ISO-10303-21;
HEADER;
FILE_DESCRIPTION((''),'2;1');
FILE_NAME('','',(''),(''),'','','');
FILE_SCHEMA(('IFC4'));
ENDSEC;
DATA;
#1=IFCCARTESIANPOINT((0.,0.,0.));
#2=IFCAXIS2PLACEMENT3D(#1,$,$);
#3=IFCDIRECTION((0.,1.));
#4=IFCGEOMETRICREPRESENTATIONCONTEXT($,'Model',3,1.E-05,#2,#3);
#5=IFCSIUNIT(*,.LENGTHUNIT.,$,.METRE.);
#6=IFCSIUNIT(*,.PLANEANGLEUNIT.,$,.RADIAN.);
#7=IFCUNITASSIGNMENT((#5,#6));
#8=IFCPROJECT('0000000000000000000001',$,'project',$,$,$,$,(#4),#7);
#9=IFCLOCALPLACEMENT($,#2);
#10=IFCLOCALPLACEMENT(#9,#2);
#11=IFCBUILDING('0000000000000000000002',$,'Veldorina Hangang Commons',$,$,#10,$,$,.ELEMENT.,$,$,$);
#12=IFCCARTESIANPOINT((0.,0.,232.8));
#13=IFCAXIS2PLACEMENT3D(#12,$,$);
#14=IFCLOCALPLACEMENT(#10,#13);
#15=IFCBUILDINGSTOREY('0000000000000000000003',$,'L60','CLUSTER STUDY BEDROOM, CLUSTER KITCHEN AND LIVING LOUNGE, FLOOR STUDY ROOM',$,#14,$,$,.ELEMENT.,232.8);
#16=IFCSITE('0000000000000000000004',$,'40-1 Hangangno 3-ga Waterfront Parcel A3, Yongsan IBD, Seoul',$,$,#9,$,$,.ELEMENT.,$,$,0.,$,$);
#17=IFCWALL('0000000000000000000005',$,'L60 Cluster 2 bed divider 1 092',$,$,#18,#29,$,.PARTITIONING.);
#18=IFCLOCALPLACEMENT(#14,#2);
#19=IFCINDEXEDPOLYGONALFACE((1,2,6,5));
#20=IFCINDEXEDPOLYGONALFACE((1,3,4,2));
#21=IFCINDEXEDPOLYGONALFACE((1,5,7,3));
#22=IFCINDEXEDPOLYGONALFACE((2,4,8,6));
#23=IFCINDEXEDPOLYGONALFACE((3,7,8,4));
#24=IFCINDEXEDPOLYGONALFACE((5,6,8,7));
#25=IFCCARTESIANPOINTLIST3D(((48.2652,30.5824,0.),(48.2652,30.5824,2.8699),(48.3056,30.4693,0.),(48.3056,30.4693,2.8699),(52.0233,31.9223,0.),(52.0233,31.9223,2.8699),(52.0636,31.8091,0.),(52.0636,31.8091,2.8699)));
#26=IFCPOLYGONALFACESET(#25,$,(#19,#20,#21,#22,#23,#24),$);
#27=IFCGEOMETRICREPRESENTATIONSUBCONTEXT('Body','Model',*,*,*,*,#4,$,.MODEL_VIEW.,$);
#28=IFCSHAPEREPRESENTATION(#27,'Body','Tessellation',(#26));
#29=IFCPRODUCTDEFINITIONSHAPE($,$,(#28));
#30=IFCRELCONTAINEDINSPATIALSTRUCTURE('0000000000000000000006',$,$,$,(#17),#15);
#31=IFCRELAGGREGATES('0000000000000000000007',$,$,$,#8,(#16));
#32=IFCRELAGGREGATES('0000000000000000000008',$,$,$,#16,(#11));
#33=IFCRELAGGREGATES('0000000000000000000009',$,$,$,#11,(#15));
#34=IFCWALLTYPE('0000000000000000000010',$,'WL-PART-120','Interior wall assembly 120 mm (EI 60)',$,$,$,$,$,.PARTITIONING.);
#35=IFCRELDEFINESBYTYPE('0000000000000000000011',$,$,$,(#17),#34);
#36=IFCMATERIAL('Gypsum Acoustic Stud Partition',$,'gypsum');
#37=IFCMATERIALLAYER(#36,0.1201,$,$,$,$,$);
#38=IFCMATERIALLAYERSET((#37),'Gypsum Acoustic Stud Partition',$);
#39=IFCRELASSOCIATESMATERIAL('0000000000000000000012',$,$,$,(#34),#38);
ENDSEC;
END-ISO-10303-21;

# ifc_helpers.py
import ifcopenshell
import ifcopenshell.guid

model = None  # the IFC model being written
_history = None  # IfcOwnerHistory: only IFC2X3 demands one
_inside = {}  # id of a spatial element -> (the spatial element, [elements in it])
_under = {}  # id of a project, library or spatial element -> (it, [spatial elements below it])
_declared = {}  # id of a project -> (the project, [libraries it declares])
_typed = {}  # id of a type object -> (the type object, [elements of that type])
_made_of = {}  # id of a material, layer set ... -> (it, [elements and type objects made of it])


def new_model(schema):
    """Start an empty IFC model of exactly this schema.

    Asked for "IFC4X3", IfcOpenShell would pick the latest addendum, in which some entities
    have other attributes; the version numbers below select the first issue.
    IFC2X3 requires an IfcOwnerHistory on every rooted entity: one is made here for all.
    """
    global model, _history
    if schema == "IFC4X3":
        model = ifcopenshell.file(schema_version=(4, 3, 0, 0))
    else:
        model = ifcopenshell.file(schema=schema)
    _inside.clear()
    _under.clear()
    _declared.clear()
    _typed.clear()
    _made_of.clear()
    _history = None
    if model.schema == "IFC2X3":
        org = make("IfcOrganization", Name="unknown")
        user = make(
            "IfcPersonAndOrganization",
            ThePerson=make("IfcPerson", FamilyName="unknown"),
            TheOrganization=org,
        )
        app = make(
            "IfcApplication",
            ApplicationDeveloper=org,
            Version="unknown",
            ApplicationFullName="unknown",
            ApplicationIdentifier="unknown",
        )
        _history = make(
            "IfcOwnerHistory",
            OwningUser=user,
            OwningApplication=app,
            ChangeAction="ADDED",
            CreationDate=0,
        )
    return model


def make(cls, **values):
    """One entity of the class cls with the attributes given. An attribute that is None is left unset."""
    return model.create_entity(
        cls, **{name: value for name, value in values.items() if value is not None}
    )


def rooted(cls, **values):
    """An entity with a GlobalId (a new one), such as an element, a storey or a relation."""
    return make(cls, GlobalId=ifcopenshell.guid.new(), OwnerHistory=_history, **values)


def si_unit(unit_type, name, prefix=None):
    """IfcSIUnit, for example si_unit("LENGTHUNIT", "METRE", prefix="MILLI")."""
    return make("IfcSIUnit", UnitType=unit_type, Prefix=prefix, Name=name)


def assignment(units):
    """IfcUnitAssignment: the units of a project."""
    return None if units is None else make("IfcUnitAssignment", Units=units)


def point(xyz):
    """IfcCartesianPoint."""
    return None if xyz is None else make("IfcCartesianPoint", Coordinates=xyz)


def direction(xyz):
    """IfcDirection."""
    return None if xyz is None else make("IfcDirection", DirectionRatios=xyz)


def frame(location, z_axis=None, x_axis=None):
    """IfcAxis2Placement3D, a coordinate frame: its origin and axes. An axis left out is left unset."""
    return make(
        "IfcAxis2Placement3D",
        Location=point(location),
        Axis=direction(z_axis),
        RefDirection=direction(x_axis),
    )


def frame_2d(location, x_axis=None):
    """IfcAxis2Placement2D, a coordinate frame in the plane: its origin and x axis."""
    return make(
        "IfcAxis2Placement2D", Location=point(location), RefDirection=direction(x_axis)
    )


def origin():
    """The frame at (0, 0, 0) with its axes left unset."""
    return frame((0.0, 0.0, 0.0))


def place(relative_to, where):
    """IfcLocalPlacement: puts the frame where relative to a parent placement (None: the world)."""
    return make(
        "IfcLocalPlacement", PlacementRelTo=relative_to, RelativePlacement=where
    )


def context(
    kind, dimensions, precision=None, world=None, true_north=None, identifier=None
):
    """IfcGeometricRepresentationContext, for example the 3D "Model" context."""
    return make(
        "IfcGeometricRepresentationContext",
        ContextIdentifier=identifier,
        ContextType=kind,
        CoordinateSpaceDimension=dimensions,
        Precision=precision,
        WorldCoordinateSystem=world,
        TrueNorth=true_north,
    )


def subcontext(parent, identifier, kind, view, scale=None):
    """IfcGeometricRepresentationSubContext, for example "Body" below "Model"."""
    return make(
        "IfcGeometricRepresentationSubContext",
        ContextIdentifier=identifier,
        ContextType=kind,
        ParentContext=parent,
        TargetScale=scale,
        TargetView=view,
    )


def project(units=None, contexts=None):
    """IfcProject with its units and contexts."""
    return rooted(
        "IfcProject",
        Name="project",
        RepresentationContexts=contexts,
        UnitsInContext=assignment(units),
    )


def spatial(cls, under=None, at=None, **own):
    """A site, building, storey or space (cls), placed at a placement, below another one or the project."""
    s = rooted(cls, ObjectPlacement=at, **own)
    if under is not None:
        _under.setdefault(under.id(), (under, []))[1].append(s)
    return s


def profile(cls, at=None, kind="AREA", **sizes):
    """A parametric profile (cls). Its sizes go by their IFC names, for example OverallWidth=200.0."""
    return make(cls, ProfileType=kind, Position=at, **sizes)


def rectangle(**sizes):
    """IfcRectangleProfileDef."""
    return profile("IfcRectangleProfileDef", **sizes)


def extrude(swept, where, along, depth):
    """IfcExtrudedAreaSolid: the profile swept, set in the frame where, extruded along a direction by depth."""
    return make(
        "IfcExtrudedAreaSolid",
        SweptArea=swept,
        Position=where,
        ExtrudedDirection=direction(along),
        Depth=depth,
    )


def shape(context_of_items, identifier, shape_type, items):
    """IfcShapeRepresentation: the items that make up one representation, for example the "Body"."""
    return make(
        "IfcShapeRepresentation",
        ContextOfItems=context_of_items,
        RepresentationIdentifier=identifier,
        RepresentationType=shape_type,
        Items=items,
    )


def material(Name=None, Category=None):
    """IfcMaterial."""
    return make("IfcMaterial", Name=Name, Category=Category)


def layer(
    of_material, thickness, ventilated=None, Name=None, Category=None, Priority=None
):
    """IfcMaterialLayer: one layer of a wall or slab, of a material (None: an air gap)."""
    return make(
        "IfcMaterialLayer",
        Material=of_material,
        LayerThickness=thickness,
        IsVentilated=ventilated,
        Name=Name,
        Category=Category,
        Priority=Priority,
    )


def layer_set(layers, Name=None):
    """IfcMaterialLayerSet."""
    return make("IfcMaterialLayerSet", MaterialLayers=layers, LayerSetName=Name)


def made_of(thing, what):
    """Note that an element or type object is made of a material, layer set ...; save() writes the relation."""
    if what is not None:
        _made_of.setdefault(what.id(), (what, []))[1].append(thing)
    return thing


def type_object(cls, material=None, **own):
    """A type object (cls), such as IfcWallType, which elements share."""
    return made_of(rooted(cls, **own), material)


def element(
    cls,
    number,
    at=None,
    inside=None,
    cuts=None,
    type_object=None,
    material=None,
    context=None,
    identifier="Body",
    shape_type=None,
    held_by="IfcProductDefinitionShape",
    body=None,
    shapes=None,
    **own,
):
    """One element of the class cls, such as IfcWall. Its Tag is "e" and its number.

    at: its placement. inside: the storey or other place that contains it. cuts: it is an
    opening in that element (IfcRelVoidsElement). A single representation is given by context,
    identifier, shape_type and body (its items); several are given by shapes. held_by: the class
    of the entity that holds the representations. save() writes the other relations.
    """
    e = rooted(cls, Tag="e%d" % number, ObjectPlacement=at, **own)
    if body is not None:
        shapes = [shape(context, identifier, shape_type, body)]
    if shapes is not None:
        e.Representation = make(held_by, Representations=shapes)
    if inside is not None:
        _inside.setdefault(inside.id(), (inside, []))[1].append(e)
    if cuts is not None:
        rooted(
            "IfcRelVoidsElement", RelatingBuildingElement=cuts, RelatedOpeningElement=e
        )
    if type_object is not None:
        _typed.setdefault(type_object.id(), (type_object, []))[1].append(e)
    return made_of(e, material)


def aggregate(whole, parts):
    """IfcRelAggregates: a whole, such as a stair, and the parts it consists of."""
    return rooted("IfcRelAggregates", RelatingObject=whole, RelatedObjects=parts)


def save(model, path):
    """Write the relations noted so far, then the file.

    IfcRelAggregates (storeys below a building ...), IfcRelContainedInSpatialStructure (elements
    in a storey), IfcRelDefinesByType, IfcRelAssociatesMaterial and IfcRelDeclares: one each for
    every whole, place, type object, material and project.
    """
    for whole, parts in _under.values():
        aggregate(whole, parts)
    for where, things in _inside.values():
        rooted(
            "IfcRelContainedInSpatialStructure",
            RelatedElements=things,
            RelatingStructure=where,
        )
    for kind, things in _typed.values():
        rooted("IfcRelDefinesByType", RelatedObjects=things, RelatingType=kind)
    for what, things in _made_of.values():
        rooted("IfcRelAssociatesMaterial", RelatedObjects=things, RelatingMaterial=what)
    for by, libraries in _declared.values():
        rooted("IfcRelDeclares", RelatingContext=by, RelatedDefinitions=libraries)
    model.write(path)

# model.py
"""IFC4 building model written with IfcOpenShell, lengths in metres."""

from ifc_helpers import new_model, si_unit, direction, frame, frame_2d, origin, place, context, subcontext, project, spatial, rectangle, extrude, material, layer, layer_set, type_object, element, save


model = new_model("IFC4")

# Units and contexts
model_context = context("Model", 3, precision=1e-05, world=origin(), true_north=direction((0.0, 1.0)))
body_context = subcontext(model_context, "Body", "Model", "MODEL_VIEW")
ifc_project = project(units=[si_unit("LENGTHUNIT", "METRE"), si_unit("PLANEANGLEUNIT", "RADIAN")], contexts=[model_context])

# Site, building, storey
site_placement = place(None, origin())
site = spatial("IfcSite", under=ifc_project, at=site_placement, Name="40-1 Hangangno 3-ga Waterfront Parcel A3, Yongsan IBD, Seoul", CompositionType="ELEMENT", RefElevation=0.0)
building_placement = place(site_placement, origin())
building = spatial("IfcBuilding", under=site, at=building_placement, Name="Veldorina Hangang Commons", CompositionType="ELEMENT")
storey_placement = place(building_placement, frame((0.0, 0.0, 232.8)))
storey = spatial("IfcBuildingStorey", under=building, at=storey_placement, Name="L60", Description="CLUSTER STUDY BEDROOM, CLUSTER KITCHEN AND LIVING LOUNGE, FLOOR STUDY ROOM", CompositionType="ELEMENT", Elevation=232.8)

# Shared definitions
ifc_material_1 = material(Name="Gypsum Acoustic Stud Partition", Category="gypsum")
ifc_layer_1 = layer(ifc_material_1, 0.1201)
ifc_layer_set_1 = layer_set([ifc_layer_1], Name="Gypsum Acoustic Stud Partition")
wall_type_1 = type_object("IfcWallType", Name="WL-PART-120", Description="Interior wall assembly 120 mm (EI 60)", PredefinedType="PARTITIONING", material=ifc_layer_set_1)

# Wall
wall_1_placement = place(storey_placement, frame((48.2854, 30.5259, 0.0), z_axis=(0.0, 0.0, 1.0), x_axis=(0.941926, 0.335821, 0.0)))
element("IfcWall", 1, at=wall_1_placement, inside=storey, type_object=wall_type_1, Name="L60 Cluster 2 bed divider 1 092", PredefinedType="PARTITIONING", context=body_context, shape_type="SweptSolid", body=[
    extrude(rectangle(XDim=3.9897, YDim=0.1201, at=frame_2d((1.9949, 0.0))), origin(), (0.0, 0.0, 1.0), 2.8699),
])

save(model, "model.ifc")
